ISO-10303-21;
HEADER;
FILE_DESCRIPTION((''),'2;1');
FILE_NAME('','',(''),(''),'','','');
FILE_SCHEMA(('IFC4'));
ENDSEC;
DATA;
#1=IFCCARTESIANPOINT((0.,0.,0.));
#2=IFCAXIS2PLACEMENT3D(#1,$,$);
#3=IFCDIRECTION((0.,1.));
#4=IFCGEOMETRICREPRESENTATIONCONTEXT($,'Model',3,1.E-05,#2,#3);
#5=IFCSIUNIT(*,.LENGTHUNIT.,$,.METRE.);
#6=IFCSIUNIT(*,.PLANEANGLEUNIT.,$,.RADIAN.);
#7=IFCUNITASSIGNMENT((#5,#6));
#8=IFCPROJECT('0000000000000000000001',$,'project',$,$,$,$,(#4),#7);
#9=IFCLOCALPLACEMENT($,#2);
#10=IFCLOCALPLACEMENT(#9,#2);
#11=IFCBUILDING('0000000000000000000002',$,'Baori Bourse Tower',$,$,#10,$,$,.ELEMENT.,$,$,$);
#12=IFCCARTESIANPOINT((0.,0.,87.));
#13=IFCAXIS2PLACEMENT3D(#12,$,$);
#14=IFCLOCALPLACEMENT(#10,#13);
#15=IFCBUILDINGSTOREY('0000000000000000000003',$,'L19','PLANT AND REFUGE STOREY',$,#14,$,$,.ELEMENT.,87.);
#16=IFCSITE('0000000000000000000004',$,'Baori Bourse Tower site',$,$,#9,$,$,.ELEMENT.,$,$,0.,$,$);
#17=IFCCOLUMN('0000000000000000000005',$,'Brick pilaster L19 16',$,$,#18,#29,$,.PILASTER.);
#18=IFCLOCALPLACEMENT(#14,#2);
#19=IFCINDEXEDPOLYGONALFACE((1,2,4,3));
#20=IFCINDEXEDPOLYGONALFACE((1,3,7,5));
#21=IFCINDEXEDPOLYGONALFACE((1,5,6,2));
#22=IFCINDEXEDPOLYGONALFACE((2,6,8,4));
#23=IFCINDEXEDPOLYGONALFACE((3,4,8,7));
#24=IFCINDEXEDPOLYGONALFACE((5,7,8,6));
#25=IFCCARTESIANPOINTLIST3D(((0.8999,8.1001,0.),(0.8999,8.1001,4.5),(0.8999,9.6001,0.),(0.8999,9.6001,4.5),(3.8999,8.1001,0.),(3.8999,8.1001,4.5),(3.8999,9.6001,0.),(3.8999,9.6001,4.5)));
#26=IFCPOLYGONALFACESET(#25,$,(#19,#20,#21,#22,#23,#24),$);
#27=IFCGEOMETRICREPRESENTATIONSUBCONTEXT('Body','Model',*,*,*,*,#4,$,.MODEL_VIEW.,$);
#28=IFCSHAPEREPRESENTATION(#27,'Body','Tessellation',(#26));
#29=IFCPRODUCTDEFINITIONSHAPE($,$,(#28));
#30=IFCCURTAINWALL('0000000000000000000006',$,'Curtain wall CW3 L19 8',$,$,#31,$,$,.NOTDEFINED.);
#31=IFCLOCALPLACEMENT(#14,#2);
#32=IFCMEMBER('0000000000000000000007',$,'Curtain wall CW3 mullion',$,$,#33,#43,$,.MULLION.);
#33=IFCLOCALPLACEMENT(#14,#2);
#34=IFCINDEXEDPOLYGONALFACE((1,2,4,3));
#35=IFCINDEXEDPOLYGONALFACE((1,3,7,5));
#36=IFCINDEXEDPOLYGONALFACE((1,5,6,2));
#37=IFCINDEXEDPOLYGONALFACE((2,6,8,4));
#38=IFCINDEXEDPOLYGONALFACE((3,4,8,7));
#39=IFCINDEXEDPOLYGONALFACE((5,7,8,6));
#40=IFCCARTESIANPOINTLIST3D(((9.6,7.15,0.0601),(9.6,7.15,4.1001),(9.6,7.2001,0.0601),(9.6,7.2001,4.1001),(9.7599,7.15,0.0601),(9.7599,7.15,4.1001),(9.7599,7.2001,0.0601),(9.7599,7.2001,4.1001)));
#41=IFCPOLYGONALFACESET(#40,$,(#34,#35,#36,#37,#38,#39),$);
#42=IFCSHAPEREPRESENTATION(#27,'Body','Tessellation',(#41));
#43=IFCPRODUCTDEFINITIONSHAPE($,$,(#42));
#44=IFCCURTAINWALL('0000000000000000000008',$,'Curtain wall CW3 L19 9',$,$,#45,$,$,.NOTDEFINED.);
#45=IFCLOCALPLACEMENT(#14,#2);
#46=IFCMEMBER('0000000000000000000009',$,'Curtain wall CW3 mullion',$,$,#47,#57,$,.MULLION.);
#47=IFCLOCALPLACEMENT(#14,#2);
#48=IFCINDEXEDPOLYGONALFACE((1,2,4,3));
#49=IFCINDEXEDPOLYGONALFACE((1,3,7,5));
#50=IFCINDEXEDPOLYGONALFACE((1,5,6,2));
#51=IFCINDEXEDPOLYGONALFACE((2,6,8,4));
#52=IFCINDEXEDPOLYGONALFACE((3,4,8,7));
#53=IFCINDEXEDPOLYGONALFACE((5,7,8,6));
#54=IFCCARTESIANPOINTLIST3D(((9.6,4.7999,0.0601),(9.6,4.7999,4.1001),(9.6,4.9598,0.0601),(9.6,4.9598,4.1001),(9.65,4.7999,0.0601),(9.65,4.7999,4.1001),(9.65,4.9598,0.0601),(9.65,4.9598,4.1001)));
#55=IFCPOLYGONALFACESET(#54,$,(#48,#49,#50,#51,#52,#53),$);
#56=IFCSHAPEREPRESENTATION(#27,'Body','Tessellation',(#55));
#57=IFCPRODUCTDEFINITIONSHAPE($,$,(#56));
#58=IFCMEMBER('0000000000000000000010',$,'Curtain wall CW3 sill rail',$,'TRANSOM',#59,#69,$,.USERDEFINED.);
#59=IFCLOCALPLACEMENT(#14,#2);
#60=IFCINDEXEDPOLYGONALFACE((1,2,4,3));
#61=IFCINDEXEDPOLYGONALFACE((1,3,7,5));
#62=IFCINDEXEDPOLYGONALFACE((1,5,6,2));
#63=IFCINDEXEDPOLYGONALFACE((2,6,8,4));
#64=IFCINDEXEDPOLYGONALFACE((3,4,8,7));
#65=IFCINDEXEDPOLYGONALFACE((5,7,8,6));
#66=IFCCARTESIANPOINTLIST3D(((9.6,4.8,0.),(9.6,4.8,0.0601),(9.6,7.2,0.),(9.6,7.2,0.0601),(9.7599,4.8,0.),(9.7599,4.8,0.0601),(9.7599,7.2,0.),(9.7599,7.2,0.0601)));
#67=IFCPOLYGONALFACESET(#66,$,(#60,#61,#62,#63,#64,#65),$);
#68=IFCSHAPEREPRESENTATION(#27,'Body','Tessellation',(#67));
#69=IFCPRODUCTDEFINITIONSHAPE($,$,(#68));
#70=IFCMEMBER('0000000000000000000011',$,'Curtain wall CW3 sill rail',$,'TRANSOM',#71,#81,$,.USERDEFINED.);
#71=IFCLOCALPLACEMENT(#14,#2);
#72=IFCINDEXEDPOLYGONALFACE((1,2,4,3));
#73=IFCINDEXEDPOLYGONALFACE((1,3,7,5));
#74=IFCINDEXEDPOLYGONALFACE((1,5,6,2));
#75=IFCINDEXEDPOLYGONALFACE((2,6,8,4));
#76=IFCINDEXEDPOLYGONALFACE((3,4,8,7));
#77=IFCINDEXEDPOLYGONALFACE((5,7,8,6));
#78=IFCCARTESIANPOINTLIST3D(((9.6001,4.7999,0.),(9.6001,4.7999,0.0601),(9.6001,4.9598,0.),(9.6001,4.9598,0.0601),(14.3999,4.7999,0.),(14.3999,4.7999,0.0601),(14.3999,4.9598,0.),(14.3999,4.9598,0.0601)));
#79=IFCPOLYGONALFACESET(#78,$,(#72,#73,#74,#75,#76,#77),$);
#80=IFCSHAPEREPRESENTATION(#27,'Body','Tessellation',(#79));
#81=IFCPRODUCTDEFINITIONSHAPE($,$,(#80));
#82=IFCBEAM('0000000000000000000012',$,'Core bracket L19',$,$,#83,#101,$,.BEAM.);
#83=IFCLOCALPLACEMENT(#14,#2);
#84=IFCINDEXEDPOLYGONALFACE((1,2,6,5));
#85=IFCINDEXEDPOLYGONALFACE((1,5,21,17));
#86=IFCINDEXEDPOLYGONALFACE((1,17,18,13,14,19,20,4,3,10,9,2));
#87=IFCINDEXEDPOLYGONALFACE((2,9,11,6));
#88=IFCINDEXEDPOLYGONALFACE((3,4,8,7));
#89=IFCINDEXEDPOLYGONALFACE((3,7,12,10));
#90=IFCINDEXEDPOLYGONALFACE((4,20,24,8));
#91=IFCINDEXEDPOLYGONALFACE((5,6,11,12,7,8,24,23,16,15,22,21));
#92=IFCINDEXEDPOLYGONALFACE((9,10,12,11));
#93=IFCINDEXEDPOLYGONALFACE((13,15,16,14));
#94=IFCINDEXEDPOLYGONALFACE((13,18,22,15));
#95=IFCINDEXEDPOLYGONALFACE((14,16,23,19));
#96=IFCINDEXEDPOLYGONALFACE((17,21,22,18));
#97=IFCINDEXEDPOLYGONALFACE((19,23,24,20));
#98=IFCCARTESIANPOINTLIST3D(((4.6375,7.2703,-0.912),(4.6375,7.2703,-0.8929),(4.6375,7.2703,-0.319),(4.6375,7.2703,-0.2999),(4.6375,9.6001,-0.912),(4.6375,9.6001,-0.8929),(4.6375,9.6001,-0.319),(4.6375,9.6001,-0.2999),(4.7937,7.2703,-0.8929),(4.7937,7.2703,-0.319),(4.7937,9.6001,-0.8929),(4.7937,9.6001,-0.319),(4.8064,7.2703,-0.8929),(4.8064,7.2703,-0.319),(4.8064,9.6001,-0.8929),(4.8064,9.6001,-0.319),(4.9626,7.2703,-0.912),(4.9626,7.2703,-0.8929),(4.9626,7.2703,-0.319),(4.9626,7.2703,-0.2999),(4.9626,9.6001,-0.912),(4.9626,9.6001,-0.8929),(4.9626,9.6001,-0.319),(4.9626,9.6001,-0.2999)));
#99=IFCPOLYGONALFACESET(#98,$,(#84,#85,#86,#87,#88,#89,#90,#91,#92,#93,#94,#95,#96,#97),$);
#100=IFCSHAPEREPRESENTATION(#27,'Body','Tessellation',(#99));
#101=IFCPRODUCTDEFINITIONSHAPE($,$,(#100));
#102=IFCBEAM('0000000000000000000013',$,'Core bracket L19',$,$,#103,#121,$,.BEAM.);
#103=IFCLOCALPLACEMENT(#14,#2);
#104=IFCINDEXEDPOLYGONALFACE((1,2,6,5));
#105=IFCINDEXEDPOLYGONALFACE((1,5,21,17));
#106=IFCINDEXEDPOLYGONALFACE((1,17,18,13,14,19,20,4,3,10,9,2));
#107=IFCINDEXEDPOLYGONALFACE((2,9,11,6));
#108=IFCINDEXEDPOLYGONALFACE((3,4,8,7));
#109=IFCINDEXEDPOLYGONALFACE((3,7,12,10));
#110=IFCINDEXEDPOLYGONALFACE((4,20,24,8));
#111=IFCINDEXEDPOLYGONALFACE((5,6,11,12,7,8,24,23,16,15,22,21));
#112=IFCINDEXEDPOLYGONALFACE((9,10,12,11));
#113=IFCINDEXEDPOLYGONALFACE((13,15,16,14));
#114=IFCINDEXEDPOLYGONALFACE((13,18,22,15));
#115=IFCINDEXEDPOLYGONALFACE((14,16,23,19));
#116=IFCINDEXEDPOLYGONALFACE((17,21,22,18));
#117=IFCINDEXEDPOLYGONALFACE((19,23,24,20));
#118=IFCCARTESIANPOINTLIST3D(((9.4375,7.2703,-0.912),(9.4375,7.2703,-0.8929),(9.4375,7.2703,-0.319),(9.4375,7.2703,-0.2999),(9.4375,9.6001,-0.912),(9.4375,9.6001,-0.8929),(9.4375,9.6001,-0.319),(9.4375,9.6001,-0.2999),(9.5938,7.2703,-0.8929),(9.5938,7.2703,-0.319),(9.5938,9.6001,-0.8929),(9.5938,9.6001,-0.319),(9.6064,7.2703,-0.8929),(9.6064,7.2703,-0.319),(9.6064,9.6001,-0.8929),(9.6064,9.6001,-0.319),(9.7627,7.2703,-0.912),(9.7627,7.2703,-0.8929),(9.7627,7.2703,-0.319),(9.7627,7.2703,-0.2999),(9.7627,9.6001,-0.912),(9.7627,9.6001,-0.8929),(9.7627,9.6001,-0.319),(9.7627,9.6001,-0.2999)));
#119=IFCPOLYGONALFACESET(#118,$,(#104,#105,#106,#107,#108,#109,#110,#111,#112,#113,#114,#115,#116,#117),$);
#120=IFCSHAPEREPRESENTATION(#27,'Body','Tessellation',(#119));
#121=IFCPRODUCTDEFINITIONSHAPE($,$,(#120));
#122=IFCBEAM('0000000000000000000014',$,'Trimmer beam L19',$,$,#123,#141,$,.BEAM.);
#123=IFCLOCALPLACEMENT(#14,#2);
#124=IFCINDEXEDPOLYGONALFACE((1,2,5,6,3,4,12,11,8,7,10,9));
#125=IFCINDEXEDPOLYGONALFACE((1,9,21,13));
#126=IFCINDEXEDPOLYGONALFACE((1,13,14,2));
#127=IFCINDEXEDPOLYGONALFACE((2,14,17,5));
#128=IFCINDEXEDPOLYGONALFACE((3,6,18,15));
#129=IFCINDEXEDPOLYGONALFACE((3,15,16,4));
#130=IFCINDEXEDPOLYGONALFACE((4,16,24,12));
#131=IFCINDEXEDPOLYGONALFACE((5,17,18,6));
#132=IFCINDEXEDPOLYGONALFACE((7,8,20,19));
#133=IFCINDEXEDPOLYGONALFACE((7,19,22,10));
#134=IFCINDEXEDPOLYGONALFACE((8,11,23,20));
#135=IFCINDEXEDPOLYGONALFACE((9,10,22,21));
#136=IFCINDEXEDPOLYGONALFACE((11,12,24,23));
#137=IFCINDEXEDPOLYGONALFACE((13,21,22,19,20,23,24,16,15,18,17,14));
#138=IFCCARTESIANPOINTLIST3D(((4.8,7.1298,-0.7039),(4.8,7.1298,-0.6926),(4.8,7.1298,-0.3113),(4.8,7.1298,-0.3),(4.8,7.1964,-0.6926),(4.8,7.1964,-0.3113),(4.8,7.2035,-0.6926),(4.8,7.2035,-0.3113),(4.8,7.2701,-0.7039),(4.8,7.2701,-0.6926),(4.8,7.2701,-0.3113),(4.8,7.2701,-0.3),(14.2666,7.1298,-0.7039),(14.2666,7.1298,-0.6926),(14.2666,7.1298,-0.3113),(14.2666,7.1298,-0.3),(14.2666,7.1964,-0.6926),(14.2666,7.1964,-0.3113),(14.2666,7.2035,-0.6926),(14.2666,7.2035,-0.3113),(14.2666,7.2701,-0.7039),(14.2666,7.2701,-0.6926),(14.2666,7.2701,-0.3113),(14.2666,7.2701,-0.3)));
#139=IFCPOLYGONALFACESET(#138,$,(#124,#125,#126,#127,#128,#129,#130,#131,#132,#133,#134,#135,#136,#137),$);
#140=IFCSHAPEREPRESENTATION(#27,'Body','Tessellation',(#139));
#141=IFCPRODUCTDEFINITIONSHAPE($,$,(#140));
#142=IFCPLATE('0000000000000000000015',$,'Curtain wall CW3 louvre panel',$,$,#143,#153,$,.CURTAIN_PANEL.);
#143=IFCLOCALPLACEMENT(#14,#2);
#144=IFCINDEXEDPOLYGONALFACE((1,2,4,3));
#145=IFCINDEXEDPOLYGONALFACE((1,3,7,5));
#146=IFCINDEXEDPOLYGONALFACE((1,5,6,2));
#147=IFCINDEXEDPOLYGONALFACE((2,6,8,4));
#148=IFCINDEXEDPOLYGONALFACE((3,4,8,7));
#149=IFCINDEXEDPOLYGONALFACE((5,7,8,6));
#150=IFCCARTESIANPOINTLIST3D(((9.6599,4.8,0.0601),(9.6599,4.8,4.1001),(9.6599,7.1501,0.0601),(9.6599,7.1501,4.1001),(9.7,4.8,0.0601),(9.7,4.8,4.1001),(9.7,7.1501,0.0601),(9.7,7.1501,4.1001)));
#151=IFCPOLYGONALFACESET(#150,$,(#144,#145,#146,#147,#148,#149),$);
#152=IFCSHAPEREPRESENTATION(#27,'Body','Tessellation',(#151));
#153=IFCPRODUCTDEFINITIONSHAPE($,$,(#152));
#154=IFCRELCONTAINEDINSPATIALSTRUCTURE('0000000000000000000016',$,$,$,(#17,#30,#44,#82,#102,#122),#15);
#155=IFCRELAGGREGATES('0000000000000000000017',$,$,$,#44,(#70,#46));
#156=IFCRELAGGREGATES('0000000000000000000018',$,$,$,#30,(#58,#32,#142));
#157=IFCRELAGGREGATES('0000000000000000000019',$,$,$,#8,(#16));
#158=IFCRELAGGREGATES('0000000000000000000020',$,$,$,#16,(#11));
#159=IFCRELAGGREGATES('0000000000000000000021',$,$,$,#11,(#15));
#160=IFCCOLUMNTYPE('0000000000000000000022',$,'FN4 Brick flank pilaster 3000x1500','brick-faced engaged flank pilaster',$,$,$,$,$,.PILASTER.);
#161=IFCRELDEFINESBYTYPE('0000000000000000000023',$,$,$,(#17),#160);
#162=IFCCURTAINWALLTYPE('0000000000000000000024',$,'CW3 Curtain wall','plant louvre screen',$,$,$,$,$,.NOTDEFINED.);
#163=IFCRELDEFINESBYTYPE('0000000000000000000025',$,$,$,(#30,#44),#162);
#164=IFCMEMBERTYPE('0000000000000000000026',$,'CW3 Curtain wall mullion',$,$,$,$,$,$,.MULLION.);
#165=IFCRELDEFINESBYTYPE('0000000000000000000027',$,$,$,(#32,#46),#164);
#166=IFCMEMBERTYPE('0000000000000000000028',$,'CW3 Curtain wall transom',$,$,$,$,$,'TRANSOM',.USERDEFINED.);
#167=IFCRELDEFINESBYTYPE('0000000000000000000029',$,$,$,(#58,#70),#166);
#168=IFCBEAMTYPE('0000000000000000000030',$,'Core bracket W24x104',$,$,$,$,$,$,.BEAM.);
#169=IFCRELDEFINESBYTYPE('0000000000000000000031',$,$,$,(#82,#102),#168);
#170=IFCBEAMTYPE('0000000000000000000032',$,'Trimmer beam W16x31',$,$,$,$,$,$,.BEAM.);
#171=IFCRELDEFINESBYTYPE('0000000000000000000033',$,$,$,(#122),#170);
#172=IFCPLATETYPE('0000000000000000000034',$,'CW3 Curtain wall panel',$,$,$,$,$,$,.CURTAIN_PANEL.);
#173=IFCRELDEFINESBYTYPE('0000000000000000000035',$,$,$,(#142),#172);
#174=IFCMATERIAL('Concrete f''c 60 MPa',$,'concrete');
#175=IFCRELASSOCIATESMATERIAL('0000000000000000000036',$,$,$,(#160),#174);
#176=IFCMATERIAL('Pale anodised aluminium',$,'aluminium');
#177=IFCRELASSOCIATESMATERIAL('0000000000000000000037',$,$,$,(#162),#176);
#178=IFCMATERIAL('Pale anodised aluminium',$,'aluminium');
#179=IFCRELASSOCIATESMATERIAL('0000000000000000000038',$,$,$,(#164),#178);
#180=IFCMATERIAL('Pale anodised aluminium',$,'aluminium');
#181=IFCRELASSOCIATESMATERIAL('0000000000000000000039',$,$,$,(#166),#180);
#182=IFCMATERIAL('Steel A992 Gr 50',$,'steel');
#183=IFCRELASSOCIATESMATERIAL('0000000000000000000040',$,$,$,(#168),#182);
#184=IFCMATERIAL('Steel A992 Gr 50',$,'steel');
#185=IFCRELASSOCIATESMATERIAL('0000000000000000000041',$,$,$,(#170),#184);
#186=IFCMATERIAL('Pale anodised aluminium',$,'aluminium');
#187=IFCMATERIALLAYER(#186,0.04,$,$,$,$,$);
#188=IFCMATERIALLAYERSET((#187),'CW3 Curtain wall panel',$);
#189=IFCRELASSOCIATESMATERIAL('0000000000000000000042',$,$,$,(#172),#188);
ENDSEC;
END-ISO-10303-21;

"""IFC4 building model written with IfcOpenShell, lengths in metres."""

from ifc_helpers import new_model, si_unit, direction, frame, origin, origin_2d, place, context, subcontext, project, spatial, rectangle, i_section, extrude, material, layer, layer_set, material_profile, profile_set, type_object, element, aggregate, save


model = new_model("IFC4")

# Units and contexts
model_context = context("Model", 3, precision=1e-05, world=origin(), true_north=direction((0.0, 1.0)))
body_context = subcontext(model_context, "Body", "Model", "MODEL_VIEW")
ifc_project = project(units=[si_unit("LENGTHUNIT", "METRE"), si_unit("PLANEANGLEUNIT", "RADIAN")], contexts=[model_context])

# Site, building, storey
site_placement = place(None, origin())
site = spatial("IfcSite", under=ifc_project, at=site_placement, Name="Baori Bourse Tower site", CompositionType="ELEMENT", RefElevation=0.0)
building_placement = place(site_placement, origin())
building = spatial("IfcBuilding", under=site, at=building_placement, Name="Baori Bourse Tower", CompositionType="ELEMENT")
storey_placement = place(building_placement, frame((0.0, 0.0, 87.0)))
storey = spatial("IfcBuildingStorey", under=building, at=storey_placement, Name="L19", Description="PLANT AND REFUGE STOREY", CompositionType="ELEMENT", Elevation=87.0)

# Column
ifc_material_1 = material(Name="Concrete f'c 60 MPa", Category="concrete")
ifc_material_profile_1 = material_profile(ifc_material_1, rectangle(XDim=3.0, YDim=1.5, at=origin_2d()), Name="RC 3000x1500")
ifc_profile_set_1 = profile_set([ifc_material_profile_1], Name="Concrete f'c 60 MPa")
column_type = type_object("IfcColumnType", Name="FN4 Brick flank pilaster 3000x1500", Description="brick-faced engaged flank pilaster", PredefinedType="PILASTER", material=ifc_profile_set_1)
column_placement = place(storey_placement, frame((2.3999, 8.8501, 0.0), z_axis=(0.0, 0.0, 1.0), x_axis=(1.0, 0.0, 0.0)))
element("IfcColumn", 1, at=column_placement, inside=storey, type_object=column_type, Name="Brick pilaster L19 16", PredefinedType="PILASTER", context=body_context, shape_type="SweptSolid", body=[
    extrude(rectangle(XDim=3.0, YDim=1.5, at=origin_2d()), origin(), (0.0, 0.0, 1.0), 4.5),
])

# Curtain walls, members
ifc_material_2 = material(Name="Pale anodised aluminium", Category="aluminium")
curtain_wall_type = type_object("IfcCurtainWallType", Name="CW3 Curtain wall", Description="plant louvre screen", PredefinedType="NOTDEFINED", material=ifc_material_2)
curtain_wall_1_placement = place(storey_placement, origin())
curtain_wall_1 = element("IfcCurtainWall", 2, at=curtain_wall_1_placement, inside=storey, type_object=curtain_wall_type, Name="Curtain wall CW3 L19 8", PredefinedType="NOTDEFINED")
ifc_material_3 = material(Name="Pale anodised aluminium", Category="aluminium")
ifc_material_profile_2 = material_profile(ifc_material_3, rectangle(XDim=0.1599, YDim=0.05, at=origin_2d()), Name="Mullion 50x160")
ifc_profile_set_2 = profile_set([ifc_material_profile_2], Name="Pale anodised aluminium")
member_type_1 = type_object("IfcMemberType", Name="CW3 Curtain wall mullion", PredefinedType="MULLION", material=ifc_profile_set_2)
member_1_placement = place(storey_placement, frame((9.6799, 7.175, 0.0601), z_axis=(0.0, 0.0, 1.0), x_axis=(1.0, 0.0, 0.0)))
member_1 = element("IfcMember", 3, at=member_1_placement, type_object=member_type_1, Name="Curtain wall CW3 mullion", PredefinedType="MULLION", context=body_context, shape_type="SweptSolid", body=[
    extrude(rectangle(XDim=0.1599, YDim=0.05, at=origin_2d()), origin(), (0.0, 0.0, 1.0), 4.04),
])
curtain_wall_2_placement = place(storey_placement, origin())
curtain_wall_2 = element("IfcCurtainWall", 4, at=curtain_wall_2_placement, inside=storey, type_object=curtain_wall_type, Name="Curtain wall CW3 L19 9", PredefinedType="NOTDEFINED")
member_2_placement = place(storey_placement, frame((9.625, 4.8799, 0.0601), z_axis=(0.0, 0.0, 1.0), x_axis=(0.0, 1.0, 0.0)))
member_2 = element("IfcMember", 5, at=member_2_placement, type_object=member_type_1, Name="Curtain wall CW3 mullion", PredefinedType="MULLION", context=body_context, shape_type="SweptSolid", body=[
    extrude(rectangle(XDim=0.1599, YDim=0.05, at=origin_2d()), origin(), (0.0, 0.0, 1.0), 4.04),
])

# Members
ifc_material_4 = material(Name="Pale anodised aluminium", Category="aluminium")
ifc_material_profile_3 = material_profile(ifc_material_4, rectangle(XDim=0.1599, YDim=0.0601, at=origin_2d()), Name="Transom 60x160")
ifc_profile_set_3 = profile_set([ifc_material_profile_3], Name="Pale anodised aluminium")
member_type_2 = type_object("IfcMemberType", Name="CW3 Curtain wall transom", ElementType="TRANSOM", PredefinedType="USERDEFINED", material=ifc_profile_set_3)
member_3_placement = place(storey_placement, frame((9.6799, 7.2, 0.03), z_axis=(0.0, -1.0, 0.0), x_axis=(1.0, 0.0, 0.0)))
member_3 = element("IfcMember", 6, at=member_3_placement, type_object=member_type_2, Name="Curtain wall CW3 sill rail", ObjectType="TRANSOM", PredefinedType="USERDEFINED", context=body_context, shape_type="SweptSolid", body=[
    extrude(rectangle(XDim=0.1599, YDim=0.0601, at=origin_2d()), origin(), (0.0, 0.0, 1.0), 2.3999),
])
member_4_placement = place(storey_placement, frame((9.6001, 4.8799, 0.03), z_axis=(1.0, 0.0, 0.0), x_axis=(0.0, 1.0, 0.0)))
member_4 = element("IfcMember", 7, at=member_4_placement, type_object=member_type_2, Name="Curtain wall CW3 sill rail", ObjectType="TRANSOM", PredefinedType="USERDEFINED", context=body_context, shape_type="SweptSolid", body=[
    extrude(rectangle(XDim=0.1599, YDim=0.0601, at=origin_2d()), origin(), (0.0, 0.0, 1.0), 4.7998),
])
aggregate(curtain_wall_2, [member_4, member_2])

# Beams
ifc_material_5 = material(Name="Steel A992 Gr 50", Category="steel")
ifc_material_profile_4 = material_profile(ifc_material_5, i_section(OverallWidth=0.3252, OverallDepth=0.6121, WebThickness=0.0127, FlangeThickness=0.019, at=origin_2d()), Name="W24x104")
ifc_profile_set_4 = profile_set([ifc_material_profile_4], Name="Steel A992 Gr 50")
beam_type_1 = type_object("IfcBeamType", Name="Core bracket W24x104", PredefinedType="BEAM", material=ifc_profile_set_4)
for number, where, z_axis, x_axis, name in (
    (8, (4.8, 7.2703, -0.606), (0.0, 1.0, 0.0), (-1.0, 0.0, 0.0), "Core bracket L19"),
    (9, (9.6001, 7.2703, -0.606), (0.0, 1.0, 0.0), (-1.0, 0.0, 0.0), "Core bracket L19"),
):
    element("IfcBeam", number, at=place(storey_placement, frame(where, z_axis=z_axis, x_axis=x_axis)), inside=storey, type_object=beam_type_1, Name=name, PredefinedType="BEAM", context=body_context, shape_type="SweptSolid", body=[
        extrude(i_section(OverallWidth=0.3252, OverallDepth=0.6121, WebThickness=0.0127, FlangeThickness=0.019, at=origin_2d()), origin(), (0.0, 0.0, 1.0), 2.3298),
    ])
ifc_material_6 = material(Name="Steel A992 Gr 50", Category="steel")
ifc_material_profile_5 = material_profile(ifc_material_6, i_section(OverallWidth=0.1404, OverallDepth=0.4038, WebThickness=0.0071, FlangeThickness=0.0112, at=origin_2d()), Name="W16x31")
ifc_profile_set_5 = profile_set([ifc_material_profile_5], Name="Steel A992 Gr 50")
beam_type_2 = type_object("IfcBeamType", Name="Trimmer beam W16x31", PredefinedType="BEAM", material=ifc_profile_set_5)
beam_placement = place(storey_placement, frame((4.8, 7.2, -0.502), z_axis=(1.0, 0.0, 0.0), x_axis=(0.0, 1.0, 0.0)))
element("IfcBeam", 10, at=beam_placement, inside=storey, type_object=beam_type_2, Name="Trimmer beam L19", PredefinedType="BEAM", context=body_context, shape_type="SweptSolid", body=[
    extrude(i_section(OverallWidth=0.1404, OverallDepth=0.4038, WebThickness=0.0071, FlangeThickness=0.0112, at=origin_2d()), origin(), (0.0, 0.0, 1.0), 9.4666),
])

# Plate
ifc_material_7 = material(Name="Pale anodised aluminium", Category="aluminium")
ifc_layer_1 = layer(ifc_material_7, 0.04)
ifc_layer_set_1 = layer_set([ifc_layer_1], Name="CW3 Curtain wall panel")
plate_type_1 = type_object("IfcPlateType", Name="CW3 Curtain wall panel", PredefinedType="CURTAIN_PANEL", material=ifc_layer_set_1)
plate_1_placement = place(storey_placement, frame((9.6799, 5.9751, 0.0601), z_axis=(0.0, 0.0, 1.0), x_axis=(0.0, -1.0, 0.0)))
plate_1 = element("IfcPlate", 11, at=plate_1_placement, type_object=plate_type_1, Name="Curtain wall CW3 louvre panel", PredefinedType="CURTAIN_PANEL", context=body_context, shape_type="SweptSolid", body=[
    extrude(rectangle(XDim=2.3501, YDim=0.04, at=origin_2d()), origin(), (0.0, 0.0, 1.0), 4.04),
])
aggregate(curtain_wall_1, [member_3, member_1, plate_1])

save(model, "model.ifc")
